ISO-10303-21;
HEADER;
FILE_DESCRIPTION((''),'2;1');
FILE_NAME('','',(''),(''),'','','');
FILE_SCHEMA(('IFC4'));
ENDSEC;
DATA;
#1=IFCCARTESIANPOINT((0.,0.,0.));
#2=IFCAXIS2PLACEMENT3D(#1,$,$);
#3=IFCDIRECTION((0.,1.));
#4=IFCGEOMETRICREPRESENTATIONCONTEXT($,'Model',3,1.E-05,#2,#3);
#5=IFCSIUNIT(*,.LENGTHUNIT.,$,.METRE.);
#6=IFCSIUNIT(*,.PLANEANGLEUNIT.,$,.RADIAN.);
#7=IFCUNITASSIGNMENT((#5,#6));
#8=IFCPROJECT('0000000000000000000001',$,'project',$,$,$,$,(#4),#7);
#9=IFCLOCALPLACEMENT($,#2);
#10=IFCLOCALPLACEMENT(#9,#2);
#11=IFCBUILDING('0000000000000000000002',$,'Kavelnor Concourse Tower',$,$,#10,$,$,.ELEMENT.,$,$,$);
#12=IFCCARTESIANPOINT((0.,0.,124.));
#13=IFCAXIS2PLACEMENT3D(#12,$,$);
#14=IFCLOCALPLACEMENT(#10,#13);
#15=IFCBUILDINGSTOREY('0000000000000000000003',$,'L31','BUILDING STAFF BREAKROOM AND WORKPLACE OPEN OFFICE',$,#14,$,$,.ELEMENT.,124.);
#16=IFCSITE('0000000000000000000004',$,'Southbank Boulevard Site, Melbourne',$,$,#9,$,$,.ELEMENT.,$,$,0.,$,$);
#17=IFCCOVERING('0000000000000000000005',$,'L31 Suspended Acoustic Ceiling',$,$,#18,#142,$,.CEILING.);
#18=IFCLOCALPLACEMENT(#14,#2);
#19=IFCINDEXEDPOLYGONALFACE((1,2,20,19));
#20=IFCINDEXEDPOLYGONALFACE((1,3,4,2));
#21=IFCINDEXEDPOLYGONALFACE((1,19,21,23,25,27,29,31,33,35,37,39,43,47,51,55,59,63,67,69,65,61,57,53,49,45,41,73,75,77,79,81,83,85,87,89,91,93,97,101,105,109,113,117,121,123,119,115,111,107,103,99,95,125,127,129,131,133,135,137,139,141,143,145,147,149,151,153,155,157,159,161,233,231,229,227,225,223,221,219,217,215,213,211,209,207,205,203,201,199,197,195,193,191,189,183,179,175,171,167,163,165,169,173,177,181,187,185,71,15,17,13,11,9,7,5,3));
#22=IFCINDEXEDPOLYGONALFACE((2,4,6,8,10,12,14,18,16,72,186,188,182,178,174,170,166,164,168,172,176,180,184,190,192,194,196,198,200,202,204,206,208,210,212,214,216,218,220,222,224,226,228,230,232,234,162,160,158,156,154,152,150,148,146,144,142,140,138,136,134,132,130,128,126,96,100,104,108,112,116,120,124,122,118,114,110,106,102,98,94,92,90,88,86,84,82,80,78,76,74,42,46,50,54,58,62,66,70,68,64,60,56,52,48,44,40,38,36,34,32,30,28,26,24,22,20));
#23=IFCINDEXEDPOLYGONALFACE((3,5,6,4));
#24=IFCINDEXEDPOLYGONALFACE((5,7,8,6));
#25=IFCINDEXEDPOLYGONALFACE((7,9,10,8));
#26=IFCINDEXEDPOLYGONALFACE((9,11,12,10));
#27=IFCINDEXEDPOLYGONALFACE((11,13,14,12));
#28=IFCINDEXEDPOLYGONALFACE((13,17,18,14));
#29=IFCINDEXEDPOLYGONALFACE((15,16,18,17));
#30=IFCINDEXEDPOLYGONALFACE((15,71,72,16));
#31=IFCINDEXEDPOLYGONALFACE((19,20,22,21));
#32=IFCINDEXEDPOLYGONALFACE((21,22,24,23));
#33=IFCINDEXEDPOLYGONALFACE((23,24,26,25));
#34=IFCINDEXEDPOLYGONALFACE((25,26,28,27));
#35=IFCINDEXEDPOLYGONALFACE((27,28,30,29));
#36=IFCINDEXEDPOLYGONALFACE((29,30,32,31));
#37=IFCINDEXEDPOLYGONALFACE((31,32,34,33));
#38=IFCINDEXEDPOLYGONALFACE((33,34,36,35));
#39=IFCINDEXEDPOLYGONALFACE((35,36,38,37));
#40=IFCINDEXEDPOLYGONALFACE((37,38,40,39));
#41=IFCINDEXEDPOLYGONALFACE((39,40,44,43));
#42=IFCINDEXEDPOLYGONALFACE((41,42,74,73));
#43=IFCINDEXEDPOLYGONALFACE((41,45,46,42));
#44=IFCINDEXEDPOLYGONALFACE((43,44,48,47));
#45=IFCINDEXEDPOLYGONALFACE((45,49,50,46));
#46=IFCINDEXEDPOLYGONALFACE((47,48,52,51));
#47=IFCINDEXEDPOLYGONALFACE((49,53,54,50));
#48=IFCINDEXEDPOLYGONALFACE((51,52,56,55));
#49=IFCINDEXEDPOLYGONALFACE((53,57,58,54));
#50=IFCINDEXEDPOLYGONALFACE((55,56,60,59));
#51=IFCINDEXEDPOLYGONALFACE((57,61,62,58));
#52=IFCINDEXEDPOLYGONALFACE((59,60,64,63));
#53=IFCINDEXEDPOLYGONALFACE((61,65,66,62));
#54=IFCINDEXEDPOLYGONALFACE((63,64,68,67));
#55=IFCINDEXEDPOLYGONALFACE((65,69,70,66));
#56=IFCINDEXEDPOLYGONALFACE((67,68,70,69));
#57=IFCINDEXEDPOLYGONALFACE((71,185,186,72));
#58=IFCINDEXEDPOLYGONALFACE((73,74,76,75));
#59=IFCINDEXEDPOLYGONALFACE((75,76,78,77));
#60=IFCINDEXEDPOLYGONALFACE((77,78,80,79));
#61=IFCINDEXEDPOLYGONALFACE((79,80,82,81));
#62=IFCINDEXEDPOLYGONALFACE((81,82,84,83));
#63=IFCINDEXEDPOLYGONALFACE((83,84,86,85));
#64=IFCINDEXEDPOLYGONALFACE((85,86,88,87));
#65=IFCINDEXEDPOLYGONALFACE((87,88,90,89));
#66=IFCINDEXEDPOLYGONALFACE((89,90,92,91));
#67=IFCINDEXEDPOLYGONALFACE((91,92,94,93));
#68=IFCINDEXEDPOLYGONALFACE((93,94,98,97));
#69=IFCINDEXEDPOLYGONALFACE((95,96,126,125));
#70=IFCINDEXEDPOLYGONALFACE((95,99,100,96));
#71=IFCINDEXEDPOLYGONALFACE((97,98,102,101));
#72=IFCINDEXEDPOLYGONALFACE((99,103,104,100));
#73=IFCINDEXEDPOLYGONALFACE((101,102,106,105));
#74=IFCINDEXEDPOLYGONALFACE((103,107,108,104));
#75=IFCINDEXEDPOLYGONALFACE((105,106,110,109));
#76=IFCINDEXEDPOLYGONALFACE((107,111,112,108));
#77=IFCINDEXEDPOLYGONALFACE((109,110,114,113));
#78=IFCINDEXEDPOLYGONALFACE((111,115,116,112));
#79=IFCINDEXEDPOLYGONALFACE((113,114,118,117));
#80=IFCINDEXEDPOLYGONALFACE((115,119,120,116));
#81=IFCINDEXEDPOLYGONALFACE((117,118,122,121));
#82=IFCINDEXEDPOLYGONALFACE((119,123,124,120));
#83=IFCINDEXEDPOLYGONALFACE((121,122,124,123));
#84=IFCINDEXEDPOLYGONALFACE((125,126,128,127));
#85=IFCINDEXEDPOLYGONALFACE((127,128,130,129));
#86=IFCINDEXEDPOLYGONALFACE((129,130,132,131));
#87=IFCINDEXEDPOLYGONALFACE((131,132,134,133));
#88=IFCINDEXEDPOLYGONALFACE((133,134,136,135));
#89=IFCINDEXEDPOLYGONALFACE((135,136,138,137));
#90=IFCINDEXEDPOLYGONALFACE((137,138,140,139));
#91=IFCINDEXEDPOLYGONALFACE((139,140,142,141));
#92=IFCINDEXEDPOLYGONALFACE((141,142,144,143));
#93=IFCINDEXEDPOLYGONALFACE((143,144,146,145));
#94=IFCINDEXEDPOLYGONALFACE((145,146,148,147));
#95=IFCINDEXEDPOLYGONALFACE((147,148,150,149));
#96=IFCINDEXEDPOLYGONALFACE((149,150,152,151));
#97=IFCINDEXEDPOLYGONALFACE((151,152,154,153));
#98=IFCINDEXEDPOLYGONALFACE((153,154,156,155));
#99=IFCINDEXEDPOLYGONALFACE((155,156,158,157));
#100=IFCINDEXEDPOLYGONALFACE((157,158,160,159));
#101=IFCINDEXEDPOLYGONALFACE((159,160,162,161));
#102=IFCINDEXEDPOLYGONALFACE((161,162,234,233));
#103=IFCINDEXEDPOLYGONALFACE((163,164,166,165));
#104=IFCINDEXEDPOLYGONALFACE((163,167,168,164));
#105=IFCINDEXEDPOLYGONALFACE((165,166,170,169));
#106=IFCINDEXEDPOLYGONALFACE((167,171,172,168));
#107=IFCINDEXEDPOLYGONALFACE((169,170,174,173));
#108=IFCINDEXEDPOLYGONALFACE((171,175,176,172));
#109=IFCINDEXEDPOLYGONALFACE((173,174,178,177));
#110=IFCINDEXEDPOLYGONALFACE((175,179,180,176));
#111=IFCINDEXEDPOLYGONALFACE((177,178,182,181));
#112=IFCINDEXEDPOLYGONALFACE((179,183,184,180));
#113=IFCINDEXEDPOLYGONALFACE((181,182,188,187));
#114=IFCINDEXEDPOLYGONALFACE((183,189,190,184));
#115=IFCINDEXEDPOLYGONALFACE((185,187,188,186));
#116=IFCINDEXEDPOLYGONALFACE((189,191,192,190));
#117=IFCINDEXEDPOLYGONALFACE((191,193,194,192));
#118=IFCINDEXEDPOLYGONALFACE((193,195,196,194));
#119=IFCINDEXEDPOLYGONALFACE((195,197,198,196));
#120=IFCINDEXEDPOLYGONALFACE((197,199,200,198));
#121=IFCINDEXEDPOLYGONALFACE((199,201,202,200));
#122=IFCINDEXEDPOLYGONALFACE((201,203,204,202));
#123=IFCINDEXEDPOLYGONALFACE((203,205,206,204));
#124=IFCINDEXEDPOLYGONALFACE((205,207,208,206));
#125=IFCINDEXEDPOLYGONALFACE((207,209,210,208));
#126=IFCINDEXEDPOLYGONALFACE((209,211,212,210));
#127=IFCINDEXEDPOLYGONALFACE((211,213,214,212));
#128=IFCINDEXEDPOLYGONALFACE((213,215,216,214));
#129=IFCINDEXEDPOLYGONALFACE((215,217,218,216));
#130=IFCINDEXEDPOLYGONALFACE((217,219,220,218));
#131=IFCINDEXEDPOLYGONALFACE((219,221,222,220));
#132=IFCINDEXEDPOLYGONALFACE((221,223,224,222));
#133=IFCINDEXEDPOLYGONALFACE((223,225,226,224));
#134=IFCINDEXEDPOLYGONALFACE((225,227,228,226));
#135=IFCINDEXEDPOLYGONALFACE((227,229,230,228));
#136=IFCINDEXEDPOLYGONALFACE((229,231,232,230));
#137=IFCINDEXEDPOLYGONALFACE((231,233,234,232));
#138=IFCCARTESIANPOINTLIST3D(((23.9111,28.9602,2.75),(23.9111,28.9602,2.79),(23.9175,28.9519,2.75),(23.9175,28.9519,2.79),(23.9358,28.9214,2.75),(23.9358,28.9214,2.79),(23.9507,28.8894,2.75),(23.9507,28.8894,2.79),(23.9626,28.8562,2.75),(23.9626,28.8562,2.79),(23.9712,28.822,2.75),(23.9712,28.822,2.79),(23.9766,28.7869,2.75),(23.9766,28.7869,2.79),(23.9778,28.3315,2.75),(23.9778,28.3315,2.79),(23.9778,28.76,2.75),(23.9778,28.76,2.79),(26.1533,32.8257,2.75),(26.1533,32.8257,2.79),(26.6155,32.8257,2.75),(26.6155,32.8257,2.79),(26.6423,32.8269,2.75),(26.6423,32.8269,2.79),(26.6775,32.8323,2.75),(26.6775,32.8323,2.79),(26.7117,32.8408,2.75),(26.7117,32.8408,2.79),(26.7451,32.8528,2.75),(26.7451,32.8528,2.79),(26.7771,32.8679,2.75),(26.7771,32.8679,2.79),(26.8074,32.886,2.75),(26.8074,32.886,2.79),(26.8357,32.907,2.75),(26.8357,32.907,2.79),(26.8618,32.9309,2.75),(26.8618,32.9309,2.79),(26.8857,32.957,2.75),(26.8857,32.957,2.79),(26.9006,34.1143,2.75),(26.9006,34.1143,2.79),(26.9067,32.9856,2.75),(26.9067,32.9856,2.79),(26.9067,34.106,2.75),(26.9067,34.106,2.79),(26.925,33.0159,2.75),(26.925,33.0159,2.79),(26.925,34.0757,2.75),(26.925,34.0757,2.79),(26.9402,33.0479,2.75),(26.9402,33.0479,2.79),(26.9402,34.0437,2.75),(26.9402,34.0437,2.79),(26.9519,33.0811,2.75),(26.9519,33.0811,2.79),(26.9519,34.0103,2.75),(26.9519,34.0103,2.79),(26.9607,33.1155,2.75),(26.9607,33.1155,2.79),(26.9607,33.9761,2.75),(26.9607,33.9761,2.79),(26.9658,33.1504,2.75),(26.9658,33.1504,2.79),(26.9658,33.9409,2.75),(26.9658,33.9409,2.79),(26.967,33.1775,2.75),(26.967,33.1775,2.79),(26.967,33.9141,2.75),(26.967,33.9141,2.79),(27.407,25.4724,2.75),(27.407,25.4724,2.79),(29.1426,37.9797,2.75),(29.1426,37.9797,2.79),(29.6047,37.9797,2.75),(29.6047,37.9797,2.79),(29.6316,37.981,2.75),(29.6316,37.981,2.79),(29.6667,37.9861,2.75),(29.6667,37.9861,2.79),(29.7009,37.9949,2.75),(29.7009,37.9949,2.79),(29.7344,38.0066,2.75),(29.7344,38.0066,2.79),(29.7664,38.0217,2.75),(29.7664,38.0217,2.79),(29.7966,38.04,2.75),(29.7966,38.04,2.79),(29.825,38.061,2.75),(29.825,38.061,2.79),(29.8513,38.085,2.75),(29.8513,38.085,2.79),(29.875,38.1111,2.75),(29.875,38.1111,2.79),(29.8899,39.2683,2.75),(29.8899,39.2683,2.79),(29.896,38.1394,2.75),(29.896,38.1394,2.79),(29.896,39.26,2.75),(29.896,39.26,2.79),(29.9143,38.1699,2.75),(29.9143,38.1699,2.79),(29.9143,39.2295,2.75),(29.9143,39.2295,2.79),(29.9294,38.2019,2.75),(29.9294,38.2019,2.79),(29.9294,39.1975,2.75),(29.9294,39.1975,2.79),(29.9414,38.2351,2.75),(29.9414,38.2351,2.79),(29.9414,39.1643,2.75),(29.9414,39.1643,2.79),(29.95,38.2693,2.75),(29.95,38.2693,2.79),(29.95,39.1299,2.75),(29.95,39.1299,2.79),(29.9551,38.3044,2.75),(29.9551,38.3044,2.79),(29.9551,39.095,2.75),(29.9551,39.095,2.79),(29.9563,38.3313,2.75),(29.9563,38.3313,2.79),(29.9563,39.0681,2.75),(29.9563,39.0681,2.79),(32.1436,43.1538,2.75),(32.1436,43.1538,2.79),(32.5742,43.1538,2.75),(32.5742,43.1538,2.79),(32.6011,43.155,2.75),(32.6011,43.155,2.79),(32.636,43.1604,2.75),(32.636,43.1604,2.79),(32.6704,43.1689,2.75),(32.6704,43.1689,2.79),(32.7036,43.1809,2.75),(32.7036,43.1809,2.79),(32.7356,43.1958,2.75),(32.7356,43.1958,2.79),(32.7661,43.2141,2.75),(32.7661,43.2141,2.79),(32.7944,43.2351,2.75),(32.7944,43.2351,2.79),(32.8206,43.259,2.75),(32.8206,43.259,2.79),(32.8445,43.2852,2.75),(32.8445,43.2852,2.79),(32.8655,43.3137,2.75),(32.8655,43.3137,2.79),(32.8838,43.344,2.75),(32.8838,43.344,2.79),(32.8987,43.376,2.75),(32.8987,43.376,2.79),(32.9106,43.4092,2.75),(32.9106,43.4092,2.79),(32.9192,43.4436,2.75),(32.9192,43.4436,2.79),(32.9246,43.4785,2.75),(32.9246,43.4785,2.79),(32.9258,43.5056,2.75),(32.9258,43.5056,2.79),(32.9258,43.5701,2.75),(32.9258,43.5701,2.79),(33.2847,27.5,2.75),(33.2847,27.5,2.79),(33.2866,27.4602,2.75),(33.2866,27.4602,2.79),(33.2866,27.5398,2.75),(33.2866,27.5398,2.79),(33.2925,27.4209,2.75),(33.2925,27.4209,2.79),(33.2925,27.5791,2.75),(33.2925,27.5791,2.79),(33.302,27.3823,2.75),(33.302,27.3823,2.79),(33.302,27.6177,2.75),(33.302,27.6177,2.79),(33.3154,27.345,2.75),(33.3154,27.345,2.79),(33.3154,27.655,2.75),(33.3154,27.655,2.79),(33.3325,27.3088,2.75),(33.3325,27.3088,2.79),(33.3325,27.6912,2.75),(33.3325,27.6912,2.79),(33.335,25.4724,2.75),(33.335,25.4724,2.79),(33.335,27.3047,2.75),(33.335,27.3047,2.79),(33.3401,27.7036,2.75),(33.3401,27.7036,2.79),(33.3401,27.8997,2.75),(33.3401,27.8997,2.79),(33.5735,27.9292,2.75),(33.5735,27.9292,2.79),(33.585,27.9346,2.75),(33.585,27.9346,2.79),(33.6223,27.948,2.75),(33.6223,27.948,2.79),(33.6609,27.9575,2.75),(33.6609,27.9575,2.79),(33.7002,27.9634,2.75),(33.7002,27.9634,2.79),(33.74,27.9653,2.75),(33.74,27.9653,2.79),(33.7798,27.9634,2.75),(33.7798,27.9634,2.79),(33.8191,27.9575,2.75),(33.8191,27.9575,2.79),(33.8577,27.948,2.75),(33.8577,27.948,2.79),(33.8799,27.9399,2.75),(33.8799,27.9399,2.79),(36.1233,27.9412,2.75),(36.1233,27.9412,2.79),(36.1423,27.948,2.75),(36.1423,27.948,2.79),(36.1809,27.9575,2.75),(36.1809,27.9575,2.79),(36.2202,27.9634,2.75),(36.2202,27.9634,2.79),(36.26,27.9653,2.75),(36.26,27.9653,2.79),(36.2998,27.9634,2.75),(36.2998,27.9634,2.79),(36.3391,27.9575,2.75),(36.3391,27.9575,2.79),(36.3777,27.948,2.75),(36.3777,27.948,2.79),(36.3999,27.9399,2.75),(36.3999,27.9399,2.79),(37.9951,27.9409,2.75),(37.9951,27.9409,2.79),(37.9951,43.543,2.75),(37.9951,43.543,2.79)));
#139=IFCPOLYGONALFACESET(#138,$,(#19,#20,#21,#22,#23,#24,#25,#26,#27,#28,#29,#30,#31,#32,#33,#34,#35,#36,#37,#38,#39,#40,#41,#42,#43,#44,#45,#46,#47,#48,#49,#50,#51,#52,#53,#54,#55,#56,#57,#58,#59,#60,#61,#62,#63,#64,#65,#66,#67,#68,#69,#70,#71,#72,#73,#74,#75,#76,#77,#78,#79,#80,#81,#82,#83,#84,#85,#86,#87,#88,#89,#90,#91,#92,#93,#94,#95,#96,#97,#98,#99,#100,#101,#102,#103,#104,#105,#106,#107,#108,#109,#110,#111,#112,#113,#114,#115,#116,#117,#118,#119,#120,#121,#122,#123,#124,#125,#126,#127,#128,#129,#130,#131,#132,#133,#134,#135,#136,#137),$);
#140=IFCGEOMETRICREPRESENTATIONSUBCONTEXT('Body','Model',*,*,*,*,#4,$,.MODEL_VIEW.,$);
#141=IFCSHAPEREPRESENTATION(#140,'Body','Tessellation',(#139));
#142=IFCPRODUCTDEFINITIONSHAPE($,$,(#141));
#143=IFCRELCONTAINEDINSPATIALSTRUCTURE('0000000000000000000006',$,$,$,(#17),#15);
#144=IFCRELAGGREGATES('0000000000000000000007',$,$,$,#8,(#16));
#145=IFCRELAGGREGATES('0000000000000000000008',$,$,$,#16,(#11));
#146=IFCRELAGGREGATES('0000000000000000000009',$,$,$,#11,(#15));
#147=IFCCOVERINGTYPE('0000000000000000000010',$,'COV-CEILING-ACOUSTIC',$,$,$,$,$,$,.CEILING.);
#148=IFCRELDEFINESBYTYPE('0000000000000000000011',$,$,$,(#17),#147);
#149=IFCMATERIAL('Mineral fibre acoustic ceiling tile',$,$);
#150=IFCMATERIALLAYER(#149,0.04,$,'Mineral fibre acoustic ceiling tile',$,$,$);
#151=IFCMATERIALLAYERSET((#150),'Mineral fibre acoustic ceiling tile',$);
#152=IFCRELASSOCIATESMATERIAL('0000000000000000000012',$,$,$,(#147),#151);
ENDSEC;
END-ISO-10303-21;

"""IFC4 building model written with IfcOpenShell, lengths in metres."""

from ifc_helpers import new_model, si_unit, direction, frame, origin, place, context, subcontext, project, spatial, polyline, outline, extrude, material, layer, layer_set, type_object, element, save


model = new_model("IFC4")

# Units and contexts
model_context = context("Model", 3, precision=1e-05, world=origin(), true_north=direction((0.0, 1.0)))
body_context = subcontext(model_context, "Body", "Model", "MODEL_VIEW")
ifc_project = project(units=[si_unit("LENGTHUNIT", "METRE"), si_unit("PLANEANGLEUNIT", "RADIAN")], contexts=[model_context])

# Site, building, storey
site_placement = place(None, origin())
site = spatial("IfcSite", under=ifc_project, at=site_placement, Name="Southbank Boulevard Site, Melbourne", CompositionType="ELEMENT", RefElevation=0.0)
building_placement = place(site_placement, origin())
building = spatial("IfcBuilding", under=site, at=building_placement, Name="Kavelnor Concourse Tower", CompositionType="ELEMENT")
storey_placement = place(building_placement, frame((0.0, 0.0, 124.0)))
storey = spatial("IfcBuildingStorey", under=building, at=storey_placement, Name="L31", Description="BUILDING STAFF BREAKROOM AND WORKPLACE OPEN OFFICE", CompositionType="ELEMENT", Elevation=124.0)

# Covering
ifc_material_1 = material(Name="Mineral fibre acoustic ceiling tile")
ifc_layer_1 = layer(ifc_material_1, 0.04, Name="Mineral fibre acoustic ceiling tile")
ifc_layer_set_1 = layer_set([ifc_layer_1], Name="Mineral fibre acoustic ceiling tile")
covering_type = type_object("IfcCoveringType", Name="COV-CEILING-ACOUSTIC", PredefinedType="CEILING", material=ifc_layer_set_1)
covering_1_placement = place(storey_placement, frame((0.0, 0.0, 2.75)))
element("IfcCovering", 1, at=covering_1_placement, inside=storey, type_object=covering_type, Name="L31 Suspended Acoustic Ceiling", PredefinedType="CEILING", context=body_context, shape_type="SweptSolid", body=[
    extrude(outline(polyline([(26.6423, 32.8269), (26.6775, 32.8323), (26.7117, 32.8408), (26.7451, 32.8528), (26.7771, 32.8679), (26.8074, 32.886), (26.8357, 32.907), (26.8618, 32.9309), (26.8857, 32.957), (26.9067, 32.9856), (26.925, 33.0159), (26.9402, 33.0479), (26.9519, 33.0811), (26.9607, 33.1155), (26.9658, 33.1504), (26.967, 33.1775), (26.967, 33.9141), (26.9658, 33.9409), (26.9607, 33.9761), (26.9519, 34.0103), (26.9402, 34.0437), (26.925, 34.0757), (26.9067, 34.106), (26.9006, 34.1143), (29.1426, 37.9797), (29.6047, 37.9797), (29.6316, 37.981), (29.6667, 37.9861), (29.7009, 37.9949), (29.7344, 38.0066), (29.7664, 38.0217), (29.7966, 38.04), (29.825, 38.061), (29.8513, 38.085), (29.875, 38.1111), (29.896, 38.1394), (29.9143, 38.1699), (29.9294, 38.2019), (29.9414, 38.2351), (29.95, 38.2693), (29.9551, 38.3044), (29.9563, 38.3313), (29.9563, 39.0681), (29.9551, 39.095), (29.95, 39.1299), (29.9414, 39.1643), (29.9294, 39.1975), (29.9143, 39.2295), (29.896, 39.26), (29.8899, 39.2683), (32.1436, 43.1538), (32.5742, 43.1538), (32.6011, 43.155), (32.636, 43.1604), (32.6704, 43.1689), (32.7036, 43.1809), (32.7356, 43.1958), (32.7661, 43.2141), (32.7944, 43.2351), (32.8206, 43.259), (32.8445, 43.2852), (32.8655, 43.3137), (32.8838, 43.344), (32.8987, 43.376), (32.9106, 43.4092), (32.9192, 43.4436), (32.9246, 43.4785), (32.9258, 43.5056), (32.9258, 43.5701), (37.9951, 43.543), (37.9951, 27.9409), (36.3999, 27.9399), (36.3777, 27.948), (36.3391, 27.9575), (36.2998, 27.9634), (36.26, 27.9653), (36.2202, 27.9634), (36.1809, 27.9575), (36.1423, 27.948), (36.1233, 27.9412), (33.8799, 27.9399), (33.8577, 27.948), (33.8191, 27.9575), (33.7798, 27.9634), (33.74, 27.9653), (33.7002, 27.9634), (33.6609, 27.9575), (33.6223, 27.948), (33.585, 27.9346), (33.5735, 27.9292), (33.3401, 27.8997), (33.3401, 27.7036), (33.3325, 27.6912), (33.3154, 27.655), (33.302, 27.6177), (33.2925, 27.5791), (33.2866, 27.5398), (33.2847, 27.5), (33.2866, 27.4602), (33.2925, 27.4209), (33.302, 27.3823), (33.3154, 27.345), (33.3325, 27.3088), (33.335, 27.3047), (33.335, 25.4724), (27.407, 25.4724), (23.9778, 28.3315), (23.9778, 28.76), (23.9766, 28.7869), (23.9712, 28.822), (23.9626, 28.8562), (23.9507, 28.8894), (23.9358, 28.9214), (23.9175, 28.9519), (23.9111, 28.9602), (26.1533, 32.8257), (26.6155, 32.8257), (26.6423, 32.8269)])), origin(), (0.0, 0.0, 1.0), 0.04),
])

save(model, "model.ifc")
